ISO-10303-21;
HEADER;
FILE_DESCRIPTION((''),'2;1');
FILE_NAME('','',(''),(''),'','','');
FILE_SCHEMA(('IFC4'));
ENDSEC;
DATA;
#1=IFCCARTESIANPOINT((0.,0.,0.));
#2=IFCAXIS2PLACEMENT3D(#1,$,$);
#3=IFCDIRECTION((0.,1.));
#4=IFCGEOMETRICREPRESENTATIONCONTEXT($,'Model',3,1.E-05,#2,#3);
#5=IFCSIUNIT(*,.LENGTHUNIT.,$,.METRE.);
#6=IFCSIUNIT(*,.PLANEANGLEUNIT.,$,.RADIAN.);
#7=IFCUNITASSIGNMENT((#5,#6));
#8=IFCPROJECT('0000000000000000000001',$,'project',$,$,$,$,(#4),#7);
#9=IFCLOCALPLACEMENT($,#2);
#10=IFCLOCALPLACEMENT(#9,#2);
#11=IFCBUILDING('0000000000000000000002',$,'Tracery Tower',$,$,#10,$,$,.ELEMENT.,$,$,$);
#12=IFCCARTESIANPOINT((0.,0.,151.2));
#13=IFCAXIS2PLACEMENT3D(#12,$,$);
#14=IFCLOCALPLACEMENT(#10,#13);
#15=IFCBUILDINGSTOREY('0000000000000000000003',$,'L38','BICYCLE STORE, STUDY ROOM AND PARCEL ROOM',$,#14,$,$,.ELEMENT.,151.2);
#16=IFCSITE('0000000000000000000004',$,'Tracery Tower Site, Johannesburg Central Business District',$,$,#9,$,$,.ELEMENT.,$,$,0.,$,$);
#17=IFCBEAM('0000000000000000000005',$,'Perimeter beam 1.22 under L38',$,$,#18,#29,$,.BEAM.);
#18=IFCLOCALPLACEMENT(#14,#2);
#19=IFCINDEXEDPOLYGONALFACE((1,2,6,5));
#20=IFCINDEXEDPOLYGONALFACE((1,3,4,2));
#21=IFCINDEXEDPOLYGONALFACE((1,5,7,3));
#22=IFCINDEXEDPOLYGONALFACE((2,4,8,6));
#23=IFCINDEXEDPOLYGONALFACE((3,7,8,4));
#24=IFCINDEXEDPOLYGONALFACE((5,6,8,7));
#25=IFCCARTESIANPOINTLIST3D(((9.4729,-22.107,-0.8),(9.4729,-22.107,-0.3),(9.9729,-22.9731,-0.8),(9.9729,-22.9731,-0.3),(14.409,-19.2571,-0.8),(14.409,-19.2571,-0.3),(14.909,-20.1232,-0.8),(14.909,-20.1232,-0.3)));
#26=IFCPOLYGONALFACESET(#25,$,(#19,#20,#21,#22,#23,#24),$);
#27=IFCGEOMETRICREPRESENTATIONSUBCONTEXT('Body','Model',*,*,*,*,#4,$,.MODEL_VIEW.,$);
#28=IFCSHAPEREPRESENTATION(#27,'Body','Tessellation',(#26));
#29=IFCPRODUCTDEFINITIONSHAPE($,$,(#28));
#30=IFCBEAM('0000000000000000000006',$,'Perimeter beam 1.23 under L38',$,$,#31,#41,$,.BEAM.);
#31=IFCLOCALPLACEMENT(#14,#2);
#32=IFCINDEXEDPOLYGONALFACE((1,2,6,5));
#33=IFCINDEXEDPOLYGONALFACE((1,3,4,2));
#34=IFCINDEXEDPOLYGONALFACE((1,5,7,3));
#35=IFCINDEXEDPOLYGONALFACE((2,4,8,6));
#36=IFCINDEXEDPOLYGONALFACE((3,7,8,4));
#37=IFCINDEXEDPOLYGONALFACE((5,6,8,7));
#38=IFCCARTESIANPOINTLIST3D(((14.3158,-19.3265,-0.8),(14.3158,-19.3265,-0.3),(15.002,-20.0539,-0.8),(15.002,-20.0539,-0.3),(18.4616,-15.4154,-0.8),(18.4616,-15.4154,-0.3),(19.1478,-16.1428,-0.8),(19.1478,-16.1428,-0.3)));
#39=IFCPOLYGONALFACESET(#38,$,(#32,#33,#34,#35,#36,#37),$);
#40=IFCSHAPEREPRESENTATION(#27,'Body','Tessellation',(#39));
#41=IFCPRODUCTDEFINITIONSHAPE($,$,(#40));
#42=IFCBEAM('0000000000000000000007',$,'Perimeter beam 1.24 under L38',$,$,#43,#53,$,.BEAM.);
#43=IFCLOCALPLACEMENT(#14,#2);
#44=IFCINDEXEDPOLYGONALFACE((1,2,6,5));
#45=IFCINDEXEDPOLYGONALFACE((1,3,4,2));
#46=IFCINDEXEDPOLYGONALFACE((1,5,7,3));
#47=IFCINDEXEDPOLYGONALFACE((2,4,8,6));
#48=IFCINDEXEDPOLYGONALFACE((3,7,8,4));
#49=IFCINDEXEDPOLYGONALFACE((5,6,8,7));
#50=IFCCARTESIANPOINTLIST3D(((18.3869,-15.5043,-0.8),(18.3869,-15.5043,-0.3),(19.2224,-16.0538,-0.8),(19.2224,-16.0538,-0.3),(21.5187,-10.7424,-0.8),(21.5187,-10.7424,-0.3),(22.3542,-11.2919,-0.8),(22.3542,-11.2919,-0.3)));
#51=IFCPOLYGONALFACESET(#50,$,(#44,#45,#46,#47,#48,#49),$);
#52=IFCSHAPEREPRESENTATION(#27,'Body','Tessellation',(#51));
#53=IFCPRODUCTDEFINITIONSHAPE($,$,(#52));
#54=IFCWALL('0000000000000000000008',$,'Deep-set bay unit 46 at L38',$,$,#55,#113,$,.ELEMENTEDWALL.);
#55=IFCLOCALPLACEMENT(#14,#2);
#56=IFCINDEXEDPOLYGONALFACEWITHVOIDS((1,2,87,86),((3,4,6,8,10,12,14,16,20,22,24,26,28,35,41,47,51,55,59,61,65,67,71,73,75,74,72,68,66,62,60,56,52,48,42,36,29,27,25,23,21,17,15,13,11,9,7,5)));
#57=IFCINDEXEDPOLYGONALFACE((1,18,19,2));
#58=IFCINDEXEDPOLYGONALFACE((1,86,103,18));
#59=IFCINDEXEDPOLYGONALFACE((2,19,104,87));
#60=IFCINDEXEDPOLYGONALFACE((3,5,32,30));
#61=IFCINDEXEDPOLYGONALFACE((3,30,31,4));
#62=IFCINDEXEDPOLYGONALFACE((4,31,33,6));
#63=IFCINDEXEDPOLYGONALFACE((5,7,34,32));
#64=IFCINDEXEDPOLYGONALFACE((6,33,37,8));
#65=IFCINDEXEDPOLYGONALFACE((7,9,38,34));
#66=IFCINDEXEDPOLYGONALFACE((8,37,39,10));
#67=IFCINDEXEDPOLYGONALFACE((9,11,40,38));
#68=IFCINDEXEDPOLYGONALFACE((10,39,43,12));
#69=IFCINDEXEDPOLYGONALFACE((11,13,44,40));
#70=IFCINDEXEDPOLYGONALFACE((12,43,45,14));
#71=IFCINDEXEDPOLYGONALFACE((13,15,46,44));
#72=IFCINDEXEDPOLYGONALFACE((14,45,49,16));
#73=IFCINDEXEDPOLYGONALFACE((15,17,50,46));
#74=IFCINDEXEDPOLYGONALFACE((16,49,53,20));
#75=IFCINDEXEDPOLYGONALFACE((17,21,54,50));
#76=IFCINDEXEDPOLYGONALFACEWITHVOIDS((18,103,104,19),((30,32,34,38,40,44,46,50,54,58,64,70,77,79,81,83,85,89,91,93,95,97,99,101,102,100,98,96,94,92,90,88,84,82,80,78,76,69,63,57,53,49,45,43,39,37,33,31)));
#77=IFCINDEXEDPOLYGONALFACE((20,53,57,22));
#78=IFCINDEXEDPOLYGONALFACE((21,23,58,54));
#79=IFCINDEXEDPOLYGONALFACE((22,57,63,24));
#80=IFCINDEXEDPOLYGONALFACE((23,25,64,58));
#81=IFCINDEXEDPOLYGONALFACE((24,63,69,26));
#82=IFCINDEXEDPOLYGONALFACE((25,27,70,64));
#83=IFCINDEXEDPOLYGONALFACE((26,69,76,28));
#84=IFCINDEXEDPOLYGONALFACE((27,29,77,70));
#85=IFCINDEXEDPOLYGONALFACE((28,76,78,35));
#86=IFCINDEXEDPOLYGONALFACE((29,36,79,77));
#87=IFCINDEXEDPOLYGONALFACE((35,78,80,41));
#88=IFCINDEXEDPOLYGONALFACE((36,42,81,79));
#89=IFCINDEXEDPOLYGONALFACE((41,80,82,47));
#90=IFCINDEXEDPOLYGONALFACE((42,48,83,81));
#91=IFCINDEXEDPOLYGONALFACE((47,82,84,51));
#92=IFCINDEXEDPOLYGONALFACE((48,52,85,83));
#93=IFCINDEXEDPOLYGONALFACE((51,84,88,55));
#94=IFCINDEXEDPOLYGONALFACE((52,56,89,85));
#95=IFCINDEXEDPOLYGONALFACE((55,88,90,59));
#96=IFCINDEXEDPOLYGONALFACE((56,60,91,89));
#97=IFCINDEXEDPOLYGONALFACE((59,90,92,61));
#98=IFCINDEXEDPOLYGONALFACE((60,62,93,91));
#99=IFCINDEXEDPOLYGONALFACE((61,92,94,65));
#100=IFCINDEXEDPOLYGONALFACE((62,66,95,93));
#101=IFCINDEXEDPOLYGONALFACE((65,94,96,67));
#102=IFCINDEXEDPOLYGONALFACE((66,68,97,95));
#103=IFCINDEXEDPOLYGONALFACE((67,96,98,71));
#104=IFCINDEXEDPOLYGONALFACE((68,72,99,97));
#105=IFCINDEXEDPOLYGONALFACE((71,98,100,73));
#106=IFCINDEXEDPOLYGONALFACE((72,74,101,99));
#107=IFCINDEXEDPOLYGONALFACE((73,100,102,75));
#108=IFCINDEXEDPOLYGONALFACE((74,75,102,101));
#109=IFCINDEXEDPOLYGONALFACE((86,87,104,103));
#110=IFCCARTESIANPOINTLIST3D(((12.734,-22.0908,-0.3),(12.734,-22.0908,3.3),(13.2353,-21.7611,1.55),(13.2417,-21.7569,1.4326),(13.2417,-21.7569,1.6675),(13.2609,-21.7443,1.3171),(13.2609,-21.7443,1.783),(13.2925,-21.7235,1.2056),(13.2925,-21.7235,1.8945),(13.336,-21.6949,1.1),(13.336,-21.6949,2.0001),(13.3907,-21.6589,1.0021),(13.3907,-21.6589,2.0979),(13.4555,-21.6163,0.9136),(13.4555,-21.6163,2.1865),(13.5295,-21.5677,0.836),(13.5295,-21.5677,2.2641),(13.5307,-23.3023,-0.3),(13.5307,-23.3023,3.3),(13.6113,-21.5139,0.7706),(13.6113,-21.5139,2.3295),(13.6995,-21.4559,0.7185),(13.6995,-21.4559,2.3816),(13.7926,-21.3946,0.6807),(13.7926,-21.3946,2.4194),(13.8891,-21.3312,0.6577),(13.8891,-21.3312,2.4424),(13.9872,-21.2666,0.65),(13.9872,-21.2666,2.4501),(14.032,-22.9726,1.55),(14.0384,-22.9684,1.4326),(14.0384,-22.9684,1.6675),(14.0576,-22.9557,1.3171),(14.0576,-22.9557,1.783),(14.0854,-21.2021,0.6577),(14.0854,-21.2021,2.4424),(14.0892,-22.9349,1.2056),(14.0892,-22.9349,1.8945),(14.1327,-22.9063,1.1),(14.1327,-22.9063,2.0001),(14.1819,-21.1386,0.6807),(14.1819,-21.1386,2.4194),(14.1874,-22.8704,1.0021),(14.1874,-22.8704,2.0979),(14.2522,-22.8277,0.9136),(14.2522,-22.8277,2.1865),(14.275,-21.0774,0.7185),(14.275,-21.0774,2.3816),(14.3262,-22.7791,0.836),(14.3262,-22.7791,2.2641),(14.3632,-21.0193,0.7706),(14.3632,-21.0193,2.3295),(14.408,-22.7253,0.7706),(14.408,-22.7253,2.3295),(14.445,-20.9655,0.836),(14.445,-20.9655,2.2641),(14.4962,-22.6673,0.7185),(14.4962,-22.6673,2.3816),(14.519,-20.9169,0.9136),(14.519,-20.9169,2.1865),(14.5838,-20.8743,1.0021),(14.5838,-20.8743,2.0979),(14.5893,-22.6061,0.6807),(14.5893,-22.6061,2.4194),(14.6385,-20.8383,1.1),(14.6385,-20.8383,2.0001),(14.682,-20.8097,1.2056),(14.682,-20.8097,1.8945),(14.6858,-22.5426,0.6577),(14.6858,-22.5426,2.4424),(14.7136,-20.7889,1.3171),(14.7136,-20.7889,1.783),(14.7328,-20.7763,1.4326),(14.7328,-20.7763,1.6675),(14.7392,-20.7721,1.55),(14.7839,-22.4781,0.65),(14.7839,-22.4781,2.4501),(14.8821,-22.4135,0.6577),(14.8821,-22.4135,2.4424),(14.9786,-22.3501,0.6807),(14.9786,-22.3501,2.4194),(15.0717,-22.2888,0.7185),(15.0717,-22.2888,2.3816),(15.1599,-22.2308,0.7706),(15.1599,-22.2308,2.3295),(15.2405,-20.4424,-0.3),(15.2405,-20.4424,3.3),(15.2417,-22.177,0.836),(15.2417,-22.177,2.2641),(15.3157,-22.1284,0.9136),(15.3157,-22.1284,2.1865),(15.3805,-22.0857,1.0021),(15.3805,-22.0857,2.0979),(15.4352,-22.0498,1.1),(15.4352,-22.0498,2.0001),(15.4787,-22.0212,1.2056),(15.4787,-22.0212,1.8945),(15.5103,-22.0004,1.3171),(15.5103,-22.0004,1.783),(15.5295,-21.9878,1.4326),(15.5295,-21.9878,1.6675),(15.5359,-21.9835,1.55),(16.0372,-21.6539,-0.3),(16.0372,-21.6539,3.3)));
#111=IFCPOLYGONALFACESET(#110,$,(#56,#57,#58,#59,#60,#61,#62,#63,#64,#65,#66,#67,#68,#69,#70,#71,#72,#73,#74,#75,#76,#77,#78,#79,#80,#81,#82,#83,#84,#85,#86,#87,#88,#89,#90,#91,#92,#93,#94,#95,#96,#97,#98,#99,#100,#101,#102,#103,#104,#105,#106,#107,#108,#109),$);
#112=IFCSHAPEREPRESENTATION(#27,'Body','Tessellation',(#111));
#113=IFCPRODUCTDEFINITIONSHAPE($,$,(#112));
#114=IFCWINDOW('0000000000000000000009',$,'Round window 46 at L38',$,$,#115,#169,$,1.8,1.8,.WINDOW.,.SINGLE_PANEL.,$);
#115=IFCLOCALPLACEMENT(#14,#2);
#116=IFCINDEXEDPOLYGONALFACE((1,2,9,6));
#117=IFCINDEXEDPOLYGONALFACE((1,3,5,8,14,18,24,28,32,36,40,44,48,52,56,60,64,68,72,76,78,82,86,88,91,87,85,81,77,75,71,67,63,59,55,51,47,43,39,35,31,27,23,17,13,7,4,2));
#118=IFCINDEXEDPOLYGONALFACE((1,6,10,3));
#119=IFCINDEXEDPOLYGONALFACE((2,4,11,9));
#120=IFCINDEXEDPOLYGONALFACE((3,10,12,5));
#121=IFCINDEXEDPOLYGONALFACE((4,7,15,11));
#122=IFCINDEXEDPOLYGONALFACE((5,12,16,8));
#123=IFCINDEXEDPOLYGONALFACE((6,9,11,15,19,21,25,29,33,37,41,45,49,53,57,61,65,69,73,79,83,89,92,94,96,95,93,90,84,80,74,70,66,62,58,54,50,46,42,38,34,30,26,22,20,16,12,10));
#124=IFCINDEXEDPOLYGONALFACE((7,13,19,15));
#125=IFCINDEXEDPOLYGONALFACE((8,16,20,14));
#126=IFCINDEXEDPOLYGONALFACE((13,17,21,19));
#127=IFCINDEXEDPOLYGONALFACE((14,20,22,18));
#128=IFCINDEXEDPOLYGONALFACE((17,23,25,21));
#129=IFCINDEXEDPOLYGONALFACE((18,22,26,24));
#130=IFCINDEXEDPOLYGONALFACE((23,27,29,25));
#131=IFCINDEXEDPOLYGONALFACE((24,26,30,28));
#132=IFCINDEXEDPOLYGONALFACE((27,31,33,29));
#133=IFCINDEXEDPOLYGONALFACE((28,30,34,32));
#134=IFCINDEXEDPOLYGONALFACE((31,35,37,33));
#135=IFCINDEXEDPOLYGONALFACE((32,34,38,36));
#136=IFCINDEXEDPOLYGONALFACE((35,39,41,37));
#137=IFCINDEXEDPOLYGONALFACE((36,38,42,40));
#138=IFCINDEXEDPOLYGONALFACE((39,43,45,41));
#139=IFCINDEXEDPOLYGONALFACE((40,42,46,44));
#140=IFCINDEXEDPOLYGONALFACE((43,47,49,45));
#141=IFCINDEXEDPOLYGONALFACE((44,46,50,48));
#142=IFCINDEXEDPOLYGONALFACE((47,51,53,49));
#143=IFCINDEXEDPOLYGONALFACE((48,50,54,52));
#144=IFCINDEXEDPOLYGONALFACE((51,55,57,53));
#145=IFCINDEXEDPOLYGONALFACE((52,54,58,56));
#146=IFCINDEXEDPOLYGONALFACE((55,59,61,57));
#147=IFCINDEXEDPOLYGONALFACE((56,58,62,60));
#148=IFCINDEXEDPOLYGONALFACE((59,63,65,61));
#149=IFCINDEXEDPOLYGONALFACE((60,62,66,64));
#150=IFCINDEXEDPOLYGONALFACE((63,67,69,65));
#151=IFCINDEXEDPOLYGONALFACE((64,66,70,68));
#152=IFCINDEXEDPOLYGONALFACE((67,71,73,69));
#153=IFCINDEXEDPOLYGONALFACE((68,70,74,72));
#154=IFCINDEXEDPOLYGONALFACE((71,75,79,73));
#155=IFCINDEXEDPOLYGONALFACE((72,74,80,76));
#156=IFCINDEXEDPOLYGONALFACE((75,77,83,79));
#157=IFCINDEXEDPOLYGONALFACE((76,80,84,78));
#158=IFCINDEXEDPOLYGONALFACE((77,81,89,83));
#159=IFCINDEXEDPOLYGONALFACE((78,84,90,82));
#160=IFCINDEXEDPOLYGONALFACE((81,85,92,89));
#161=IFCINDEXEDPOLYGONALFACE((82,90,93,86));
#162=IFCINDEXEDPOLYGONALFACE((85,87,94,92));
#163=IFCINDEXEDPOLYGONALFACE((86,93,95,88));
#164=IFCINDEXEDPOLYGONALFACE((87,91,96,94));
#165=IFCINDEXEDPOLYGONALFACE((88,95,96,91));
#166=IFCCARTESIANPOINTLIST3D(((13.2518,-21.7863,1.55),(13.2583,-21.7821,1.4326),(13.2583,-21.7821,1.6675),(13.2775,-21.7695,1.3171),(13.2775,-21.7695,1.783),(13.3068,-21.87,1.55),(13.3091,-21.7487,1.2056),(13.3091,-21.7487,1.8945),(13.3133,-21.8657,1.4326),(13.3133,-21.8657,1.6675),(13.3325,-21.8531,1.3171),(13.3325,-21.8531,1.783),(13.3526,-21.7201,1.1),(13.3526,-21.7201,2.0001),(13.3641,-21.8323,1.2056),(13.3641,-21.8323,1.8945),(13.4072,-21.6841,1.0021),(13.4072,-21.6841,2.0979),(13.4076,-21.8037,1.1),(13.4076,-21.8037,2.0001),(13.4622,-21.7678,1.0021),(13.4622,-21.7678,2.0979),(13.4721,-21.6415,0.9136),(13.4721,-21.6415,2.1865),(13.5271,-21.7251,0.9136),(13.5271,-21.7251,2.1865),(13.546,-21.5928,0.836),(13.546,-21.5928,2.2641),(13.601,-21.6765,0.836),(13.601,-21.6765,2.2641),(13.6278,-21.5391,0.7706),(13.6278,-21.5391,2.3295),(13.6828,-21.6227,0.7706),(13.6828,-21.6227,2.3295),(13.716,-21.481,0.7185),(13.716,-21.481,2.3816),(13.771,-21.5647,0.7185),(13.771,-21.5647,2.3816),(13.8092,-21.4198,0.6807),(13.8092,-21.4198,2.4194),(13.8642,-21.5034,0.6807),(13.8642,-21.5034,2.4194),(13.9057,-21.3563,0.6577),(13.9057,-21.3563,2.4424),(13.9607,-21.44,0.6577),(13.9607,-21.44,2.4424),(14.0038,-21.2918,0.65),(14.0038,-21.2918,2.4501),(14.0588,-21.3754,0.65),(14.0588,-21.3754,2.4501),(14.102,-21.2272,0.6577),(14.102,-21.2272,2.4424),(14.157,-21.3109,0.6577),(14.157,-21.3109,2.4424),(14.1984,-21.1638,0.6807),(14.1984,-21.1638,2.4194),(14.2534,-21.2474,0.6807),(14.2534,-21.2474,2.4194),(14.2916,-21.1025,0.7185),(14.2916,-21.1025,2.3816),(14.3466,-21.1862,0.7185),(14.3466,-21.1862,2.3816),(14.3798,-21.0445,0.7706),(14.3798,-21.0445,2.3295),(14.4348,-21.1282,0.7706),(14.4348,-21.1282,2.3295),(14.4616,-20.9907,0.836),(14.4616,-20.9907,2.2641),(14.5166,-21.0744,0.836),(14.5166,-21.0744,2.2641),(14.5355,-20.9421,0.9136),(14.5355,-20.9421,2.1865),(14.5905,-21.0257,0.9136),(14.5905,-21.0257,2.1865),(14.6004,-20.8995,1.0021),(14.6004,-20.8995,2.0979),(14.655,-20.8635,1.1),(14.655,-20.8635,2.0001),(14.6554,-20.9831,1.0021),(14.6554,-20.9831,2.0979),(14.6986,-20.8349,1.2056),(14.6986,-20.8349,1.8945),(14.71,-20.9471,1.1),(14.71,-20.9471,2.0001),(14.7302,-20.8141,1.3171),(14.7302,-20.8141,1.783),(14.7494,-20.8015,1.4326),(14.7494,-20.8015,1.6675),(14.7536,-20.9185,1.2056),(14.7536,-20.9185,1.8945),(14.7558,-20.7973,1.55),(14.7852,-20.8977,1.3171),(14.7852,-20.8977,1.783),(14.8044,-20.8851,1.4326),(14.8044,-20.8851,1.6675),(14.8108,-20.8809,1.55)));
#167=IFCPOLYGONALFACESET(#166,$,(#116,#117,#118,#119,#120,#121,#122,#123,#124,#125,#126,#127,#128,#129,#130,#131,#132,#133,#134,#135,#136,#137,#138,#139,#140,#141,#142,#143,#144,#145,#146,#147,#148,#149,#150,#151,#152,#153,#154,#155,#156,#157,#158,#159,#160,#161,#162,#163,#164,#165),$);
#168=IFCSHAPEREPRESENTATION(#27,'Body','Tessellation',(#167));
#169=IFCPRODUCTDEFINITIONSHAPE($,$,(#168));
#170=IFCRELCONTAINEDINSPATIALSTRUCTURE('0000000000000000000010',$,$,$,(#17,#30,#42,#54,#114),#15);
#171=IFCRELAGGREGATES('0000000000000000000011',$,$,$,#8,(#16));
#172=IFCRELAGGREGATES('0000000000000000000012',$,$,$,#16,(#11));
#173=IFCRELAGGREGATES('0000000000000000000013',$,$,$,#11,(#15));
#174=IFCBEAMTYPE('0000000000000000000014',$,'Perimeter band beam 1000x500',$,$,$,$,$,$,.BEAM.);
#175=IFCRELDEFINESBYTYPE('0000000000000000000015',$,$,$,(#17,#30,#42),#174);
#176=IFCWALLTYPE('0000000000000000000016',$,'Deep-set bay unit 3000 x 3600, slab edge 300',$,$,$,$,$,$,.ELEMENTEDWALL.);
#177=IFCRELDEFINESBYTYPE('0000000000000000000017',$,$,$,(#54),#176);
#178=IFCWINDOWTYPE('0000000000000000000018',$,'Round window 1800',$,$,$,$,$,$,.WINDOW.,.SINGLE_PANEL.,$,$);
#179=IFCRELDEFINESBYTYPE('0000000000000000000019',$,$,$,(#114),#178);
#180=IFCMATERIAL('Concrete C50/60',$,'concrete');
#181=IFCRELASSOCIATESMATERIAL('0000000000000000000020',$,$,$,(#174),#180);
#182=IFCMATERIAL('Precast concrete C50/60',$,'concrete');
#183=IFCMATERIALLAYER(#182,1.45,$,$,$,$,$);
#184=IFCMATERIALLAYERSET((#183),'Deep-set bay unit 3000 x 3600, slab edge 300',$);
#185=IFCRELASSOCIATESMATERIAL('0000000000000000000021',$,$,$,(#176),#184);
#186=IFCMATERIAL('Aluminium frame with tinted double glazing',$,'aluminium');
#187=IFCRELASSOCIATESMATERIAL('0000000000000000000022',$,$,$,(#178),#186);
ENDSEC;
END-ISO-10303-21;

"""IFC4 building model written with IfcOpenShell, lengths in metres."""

from ifc_helpers import new_model, si_unit, direction, frame, frame_2d, origin, origin_2d, place, context, subcontext, project, spatial, rectangle, circle, extrude, material, layer, layer_set, material_profile, profile_set, type_object, element, fill, save


model = new_model("IFC4")

# Units and contexts
model_context = context("Model", 3, precision=1e-05, world=origin(), true_north=direction((0.0, 1.0)))
body_context = subcontext(model_context, "Body", "Model", "MODEL_VIEW")
ifc_project = project(units=[si_unit("LENGTHUNIT", "METRE"), si_unit("PLANEANGLEUNIT", "RADIAN")], contexts=[model_context])

# Site, building, storey
site_placement = place(None, origin())
site = spatial("IfcSite", under=ifc_project, at=site_placement, Name="Tracery Tower Site, Johannesburg Central Business District", CompositionType="ELEMENT", RefElevation=0.0)
building_placement = place(site_placement, origin())
building = spatial("IfcBuilding", under=site, at=building_placement, Name="Tracery Tower", CompositionType="ELEMENT")
storey_placement = place(building_placement, frame((0.0, 0.0, 151.2)))
storey = spatial("IfcBuildingStorey", under=building, at=storey_placement, Name="L38", Description="BICYCLE STORE, STUDY ROOM AND PARCEL ROOM", CompositionType="ELEMENT", Elevation=151.2)

# Beams
ifc_material_1 = material(Name="Concrete C50/60", Category="concrete")
ifc_material_profile_1 = material_profile(ifc_material_1, rectangle(XDim=1.0, YDim=0.5, at=origin_2d()), Name="RC 1000x500")
ifc_profile_set_1 = profile_set([ifc_material_profile_1], Name="Concrete C50/60")
beam_type = type_object("IfcBeamType", Name="Perimeter band beam 1000x500", PredefinedType="BEAM", material=ifc_profile_set_1)
beam_placement = place(storey_placement, frame((9.7229, -22.54, -0.55), z_axis=(0.866023, 0.500004, 0.0), x_axis=(-0.500004, 0.866023, 0.0)))
element("IfcBeam", 1, at=beam_placement, inside=storey, type_object=beam_type, Name="Perimeter beam 1.22 under L38", PredefinedType="BEAM", context=body_context, shape_type="SweptSolid", body=[
    extrude(rectangle(XDim=1.0, YDim=0.5, at=origin_2d()), origin(), (0.0, 0.0, 1.0), 5.6997),
])
for number, where, z_axis, x_axis, name in (
    (2, (14.6589, -19.6902, -0.55), (0.72739, 0.686225, 0.0), (-0.686225, 0.72739, 0.0), "Perimeter beam 1.23 under L38"),
    (3, (18.8047, -15.7791, -0.55), (0.54949, 0.8355, 0.0), (-0.8355, 0.54949, 0.0), "Perimeter beam 1.24 under L38"),
):
    element("IfcBeam", number, at=place(storey_placement, frame(where, z_axis=z_axis, x_axis=x_axis)), inside=storey, type_object=beam_type, Name=name, PredefinedType="BEAM", context=body_context, shape_type="SweptSolid", body=[
        extrude(rectangle(XDim=1.0, YDim=0.5, at=origin_2d()), origin(), (0.0, 0.0, 1.0), 5.6995),
    ])

# Wall, opening, window
ifc_material_2 = material(Name="Precast concrete C50/60", Category="concrete")
ifc_layer_1 = layer(ifc_material_2, 1.45)
ifc_layer_set_1 = layer_set([ifc_layer_1], Name="Deep-set bay unit 3000 x 3600, slab edge 300")
wall_type_1 = type_object("IfcWallType", Name="Deep-set bay unit 3000 x 3600, slab edge 300", PredefinedType="ELEMENTEDWALL", material=ifc_layer_set_1)
wall_1_placement = place(storey_placement, frame((13.1323, -22.6965, -0.3), z_axis=(0.0, 0.0, 1.0), x_axis=(0.835514, 0.549469, 0.0)))
wall_1 = element("IfcWall", 4, at=wall_1_placement, inside=storey, type_object=wall_type_1, Name="Deep-set bay unit 46 at L38", PredefinedType="ELEMENTEDWALL", context=body_context, shape_type="SweptSolid", body=[
    extrude(rectangle(XDim=3.0, YDim=1.45, at=frame_2d((1.5, 0.0))), origin(), (0.0, 0.0, 1.0), 3.6001),
])
opening_1_placement = place(wall_1_placement, frame((1.5, 0.0, 1.8501)))
opening_1 = element("IfcOpeningElement", 5, at=opening_1_placement, cuts=wall_1, PredefinedType="OPENING", context=body_context, shape_type="SweptSolid", body=[
    extrude(circle(Radius=0.9, at=origin_2d()), frame((0.0, 0.7349, 0.0), z_axis=(0.0, -1.0, 0.0), x_axis=(1.0, 0.0, 0.0)), (0.0, 0.0, 1.0), 1.47),
])
ifc_material_3 = material(Name="Aluminium frame with tinted double glazing", Category="aluminium")
window_type = type_object("IfcWindowType", Name="Round window 1800", PartitioningType="SINGLE_PANEL", PredefinedType="WINDOW", material=ifc_material_3)
window_1_placement = place(opening_1_placement, origin())
window_1 = element("IfcWindow", 6, at=window_1_placement, inside=storey, type_object=window_type, Name="Round window 46 at L38", OverallHeight=1.8, OverallWidth=1.8, PartitioningType="SINGLE_PANEL", PredefinedType="WINDOW", context=body_context, shape_type="SweptSolid", body=[
    extrude(circle(Radius=0.9, at=origin_2d()), frame((0.0, 0.6948, 0.0), z_axis=(0.0, -1.0, 0.0), x_axis=(1.0, 0.0, 0.0)), (0.0, 0.0, 1.0), 0.1001),
])
fill(opening_1, window_1)

save(model, "model.ifc")
